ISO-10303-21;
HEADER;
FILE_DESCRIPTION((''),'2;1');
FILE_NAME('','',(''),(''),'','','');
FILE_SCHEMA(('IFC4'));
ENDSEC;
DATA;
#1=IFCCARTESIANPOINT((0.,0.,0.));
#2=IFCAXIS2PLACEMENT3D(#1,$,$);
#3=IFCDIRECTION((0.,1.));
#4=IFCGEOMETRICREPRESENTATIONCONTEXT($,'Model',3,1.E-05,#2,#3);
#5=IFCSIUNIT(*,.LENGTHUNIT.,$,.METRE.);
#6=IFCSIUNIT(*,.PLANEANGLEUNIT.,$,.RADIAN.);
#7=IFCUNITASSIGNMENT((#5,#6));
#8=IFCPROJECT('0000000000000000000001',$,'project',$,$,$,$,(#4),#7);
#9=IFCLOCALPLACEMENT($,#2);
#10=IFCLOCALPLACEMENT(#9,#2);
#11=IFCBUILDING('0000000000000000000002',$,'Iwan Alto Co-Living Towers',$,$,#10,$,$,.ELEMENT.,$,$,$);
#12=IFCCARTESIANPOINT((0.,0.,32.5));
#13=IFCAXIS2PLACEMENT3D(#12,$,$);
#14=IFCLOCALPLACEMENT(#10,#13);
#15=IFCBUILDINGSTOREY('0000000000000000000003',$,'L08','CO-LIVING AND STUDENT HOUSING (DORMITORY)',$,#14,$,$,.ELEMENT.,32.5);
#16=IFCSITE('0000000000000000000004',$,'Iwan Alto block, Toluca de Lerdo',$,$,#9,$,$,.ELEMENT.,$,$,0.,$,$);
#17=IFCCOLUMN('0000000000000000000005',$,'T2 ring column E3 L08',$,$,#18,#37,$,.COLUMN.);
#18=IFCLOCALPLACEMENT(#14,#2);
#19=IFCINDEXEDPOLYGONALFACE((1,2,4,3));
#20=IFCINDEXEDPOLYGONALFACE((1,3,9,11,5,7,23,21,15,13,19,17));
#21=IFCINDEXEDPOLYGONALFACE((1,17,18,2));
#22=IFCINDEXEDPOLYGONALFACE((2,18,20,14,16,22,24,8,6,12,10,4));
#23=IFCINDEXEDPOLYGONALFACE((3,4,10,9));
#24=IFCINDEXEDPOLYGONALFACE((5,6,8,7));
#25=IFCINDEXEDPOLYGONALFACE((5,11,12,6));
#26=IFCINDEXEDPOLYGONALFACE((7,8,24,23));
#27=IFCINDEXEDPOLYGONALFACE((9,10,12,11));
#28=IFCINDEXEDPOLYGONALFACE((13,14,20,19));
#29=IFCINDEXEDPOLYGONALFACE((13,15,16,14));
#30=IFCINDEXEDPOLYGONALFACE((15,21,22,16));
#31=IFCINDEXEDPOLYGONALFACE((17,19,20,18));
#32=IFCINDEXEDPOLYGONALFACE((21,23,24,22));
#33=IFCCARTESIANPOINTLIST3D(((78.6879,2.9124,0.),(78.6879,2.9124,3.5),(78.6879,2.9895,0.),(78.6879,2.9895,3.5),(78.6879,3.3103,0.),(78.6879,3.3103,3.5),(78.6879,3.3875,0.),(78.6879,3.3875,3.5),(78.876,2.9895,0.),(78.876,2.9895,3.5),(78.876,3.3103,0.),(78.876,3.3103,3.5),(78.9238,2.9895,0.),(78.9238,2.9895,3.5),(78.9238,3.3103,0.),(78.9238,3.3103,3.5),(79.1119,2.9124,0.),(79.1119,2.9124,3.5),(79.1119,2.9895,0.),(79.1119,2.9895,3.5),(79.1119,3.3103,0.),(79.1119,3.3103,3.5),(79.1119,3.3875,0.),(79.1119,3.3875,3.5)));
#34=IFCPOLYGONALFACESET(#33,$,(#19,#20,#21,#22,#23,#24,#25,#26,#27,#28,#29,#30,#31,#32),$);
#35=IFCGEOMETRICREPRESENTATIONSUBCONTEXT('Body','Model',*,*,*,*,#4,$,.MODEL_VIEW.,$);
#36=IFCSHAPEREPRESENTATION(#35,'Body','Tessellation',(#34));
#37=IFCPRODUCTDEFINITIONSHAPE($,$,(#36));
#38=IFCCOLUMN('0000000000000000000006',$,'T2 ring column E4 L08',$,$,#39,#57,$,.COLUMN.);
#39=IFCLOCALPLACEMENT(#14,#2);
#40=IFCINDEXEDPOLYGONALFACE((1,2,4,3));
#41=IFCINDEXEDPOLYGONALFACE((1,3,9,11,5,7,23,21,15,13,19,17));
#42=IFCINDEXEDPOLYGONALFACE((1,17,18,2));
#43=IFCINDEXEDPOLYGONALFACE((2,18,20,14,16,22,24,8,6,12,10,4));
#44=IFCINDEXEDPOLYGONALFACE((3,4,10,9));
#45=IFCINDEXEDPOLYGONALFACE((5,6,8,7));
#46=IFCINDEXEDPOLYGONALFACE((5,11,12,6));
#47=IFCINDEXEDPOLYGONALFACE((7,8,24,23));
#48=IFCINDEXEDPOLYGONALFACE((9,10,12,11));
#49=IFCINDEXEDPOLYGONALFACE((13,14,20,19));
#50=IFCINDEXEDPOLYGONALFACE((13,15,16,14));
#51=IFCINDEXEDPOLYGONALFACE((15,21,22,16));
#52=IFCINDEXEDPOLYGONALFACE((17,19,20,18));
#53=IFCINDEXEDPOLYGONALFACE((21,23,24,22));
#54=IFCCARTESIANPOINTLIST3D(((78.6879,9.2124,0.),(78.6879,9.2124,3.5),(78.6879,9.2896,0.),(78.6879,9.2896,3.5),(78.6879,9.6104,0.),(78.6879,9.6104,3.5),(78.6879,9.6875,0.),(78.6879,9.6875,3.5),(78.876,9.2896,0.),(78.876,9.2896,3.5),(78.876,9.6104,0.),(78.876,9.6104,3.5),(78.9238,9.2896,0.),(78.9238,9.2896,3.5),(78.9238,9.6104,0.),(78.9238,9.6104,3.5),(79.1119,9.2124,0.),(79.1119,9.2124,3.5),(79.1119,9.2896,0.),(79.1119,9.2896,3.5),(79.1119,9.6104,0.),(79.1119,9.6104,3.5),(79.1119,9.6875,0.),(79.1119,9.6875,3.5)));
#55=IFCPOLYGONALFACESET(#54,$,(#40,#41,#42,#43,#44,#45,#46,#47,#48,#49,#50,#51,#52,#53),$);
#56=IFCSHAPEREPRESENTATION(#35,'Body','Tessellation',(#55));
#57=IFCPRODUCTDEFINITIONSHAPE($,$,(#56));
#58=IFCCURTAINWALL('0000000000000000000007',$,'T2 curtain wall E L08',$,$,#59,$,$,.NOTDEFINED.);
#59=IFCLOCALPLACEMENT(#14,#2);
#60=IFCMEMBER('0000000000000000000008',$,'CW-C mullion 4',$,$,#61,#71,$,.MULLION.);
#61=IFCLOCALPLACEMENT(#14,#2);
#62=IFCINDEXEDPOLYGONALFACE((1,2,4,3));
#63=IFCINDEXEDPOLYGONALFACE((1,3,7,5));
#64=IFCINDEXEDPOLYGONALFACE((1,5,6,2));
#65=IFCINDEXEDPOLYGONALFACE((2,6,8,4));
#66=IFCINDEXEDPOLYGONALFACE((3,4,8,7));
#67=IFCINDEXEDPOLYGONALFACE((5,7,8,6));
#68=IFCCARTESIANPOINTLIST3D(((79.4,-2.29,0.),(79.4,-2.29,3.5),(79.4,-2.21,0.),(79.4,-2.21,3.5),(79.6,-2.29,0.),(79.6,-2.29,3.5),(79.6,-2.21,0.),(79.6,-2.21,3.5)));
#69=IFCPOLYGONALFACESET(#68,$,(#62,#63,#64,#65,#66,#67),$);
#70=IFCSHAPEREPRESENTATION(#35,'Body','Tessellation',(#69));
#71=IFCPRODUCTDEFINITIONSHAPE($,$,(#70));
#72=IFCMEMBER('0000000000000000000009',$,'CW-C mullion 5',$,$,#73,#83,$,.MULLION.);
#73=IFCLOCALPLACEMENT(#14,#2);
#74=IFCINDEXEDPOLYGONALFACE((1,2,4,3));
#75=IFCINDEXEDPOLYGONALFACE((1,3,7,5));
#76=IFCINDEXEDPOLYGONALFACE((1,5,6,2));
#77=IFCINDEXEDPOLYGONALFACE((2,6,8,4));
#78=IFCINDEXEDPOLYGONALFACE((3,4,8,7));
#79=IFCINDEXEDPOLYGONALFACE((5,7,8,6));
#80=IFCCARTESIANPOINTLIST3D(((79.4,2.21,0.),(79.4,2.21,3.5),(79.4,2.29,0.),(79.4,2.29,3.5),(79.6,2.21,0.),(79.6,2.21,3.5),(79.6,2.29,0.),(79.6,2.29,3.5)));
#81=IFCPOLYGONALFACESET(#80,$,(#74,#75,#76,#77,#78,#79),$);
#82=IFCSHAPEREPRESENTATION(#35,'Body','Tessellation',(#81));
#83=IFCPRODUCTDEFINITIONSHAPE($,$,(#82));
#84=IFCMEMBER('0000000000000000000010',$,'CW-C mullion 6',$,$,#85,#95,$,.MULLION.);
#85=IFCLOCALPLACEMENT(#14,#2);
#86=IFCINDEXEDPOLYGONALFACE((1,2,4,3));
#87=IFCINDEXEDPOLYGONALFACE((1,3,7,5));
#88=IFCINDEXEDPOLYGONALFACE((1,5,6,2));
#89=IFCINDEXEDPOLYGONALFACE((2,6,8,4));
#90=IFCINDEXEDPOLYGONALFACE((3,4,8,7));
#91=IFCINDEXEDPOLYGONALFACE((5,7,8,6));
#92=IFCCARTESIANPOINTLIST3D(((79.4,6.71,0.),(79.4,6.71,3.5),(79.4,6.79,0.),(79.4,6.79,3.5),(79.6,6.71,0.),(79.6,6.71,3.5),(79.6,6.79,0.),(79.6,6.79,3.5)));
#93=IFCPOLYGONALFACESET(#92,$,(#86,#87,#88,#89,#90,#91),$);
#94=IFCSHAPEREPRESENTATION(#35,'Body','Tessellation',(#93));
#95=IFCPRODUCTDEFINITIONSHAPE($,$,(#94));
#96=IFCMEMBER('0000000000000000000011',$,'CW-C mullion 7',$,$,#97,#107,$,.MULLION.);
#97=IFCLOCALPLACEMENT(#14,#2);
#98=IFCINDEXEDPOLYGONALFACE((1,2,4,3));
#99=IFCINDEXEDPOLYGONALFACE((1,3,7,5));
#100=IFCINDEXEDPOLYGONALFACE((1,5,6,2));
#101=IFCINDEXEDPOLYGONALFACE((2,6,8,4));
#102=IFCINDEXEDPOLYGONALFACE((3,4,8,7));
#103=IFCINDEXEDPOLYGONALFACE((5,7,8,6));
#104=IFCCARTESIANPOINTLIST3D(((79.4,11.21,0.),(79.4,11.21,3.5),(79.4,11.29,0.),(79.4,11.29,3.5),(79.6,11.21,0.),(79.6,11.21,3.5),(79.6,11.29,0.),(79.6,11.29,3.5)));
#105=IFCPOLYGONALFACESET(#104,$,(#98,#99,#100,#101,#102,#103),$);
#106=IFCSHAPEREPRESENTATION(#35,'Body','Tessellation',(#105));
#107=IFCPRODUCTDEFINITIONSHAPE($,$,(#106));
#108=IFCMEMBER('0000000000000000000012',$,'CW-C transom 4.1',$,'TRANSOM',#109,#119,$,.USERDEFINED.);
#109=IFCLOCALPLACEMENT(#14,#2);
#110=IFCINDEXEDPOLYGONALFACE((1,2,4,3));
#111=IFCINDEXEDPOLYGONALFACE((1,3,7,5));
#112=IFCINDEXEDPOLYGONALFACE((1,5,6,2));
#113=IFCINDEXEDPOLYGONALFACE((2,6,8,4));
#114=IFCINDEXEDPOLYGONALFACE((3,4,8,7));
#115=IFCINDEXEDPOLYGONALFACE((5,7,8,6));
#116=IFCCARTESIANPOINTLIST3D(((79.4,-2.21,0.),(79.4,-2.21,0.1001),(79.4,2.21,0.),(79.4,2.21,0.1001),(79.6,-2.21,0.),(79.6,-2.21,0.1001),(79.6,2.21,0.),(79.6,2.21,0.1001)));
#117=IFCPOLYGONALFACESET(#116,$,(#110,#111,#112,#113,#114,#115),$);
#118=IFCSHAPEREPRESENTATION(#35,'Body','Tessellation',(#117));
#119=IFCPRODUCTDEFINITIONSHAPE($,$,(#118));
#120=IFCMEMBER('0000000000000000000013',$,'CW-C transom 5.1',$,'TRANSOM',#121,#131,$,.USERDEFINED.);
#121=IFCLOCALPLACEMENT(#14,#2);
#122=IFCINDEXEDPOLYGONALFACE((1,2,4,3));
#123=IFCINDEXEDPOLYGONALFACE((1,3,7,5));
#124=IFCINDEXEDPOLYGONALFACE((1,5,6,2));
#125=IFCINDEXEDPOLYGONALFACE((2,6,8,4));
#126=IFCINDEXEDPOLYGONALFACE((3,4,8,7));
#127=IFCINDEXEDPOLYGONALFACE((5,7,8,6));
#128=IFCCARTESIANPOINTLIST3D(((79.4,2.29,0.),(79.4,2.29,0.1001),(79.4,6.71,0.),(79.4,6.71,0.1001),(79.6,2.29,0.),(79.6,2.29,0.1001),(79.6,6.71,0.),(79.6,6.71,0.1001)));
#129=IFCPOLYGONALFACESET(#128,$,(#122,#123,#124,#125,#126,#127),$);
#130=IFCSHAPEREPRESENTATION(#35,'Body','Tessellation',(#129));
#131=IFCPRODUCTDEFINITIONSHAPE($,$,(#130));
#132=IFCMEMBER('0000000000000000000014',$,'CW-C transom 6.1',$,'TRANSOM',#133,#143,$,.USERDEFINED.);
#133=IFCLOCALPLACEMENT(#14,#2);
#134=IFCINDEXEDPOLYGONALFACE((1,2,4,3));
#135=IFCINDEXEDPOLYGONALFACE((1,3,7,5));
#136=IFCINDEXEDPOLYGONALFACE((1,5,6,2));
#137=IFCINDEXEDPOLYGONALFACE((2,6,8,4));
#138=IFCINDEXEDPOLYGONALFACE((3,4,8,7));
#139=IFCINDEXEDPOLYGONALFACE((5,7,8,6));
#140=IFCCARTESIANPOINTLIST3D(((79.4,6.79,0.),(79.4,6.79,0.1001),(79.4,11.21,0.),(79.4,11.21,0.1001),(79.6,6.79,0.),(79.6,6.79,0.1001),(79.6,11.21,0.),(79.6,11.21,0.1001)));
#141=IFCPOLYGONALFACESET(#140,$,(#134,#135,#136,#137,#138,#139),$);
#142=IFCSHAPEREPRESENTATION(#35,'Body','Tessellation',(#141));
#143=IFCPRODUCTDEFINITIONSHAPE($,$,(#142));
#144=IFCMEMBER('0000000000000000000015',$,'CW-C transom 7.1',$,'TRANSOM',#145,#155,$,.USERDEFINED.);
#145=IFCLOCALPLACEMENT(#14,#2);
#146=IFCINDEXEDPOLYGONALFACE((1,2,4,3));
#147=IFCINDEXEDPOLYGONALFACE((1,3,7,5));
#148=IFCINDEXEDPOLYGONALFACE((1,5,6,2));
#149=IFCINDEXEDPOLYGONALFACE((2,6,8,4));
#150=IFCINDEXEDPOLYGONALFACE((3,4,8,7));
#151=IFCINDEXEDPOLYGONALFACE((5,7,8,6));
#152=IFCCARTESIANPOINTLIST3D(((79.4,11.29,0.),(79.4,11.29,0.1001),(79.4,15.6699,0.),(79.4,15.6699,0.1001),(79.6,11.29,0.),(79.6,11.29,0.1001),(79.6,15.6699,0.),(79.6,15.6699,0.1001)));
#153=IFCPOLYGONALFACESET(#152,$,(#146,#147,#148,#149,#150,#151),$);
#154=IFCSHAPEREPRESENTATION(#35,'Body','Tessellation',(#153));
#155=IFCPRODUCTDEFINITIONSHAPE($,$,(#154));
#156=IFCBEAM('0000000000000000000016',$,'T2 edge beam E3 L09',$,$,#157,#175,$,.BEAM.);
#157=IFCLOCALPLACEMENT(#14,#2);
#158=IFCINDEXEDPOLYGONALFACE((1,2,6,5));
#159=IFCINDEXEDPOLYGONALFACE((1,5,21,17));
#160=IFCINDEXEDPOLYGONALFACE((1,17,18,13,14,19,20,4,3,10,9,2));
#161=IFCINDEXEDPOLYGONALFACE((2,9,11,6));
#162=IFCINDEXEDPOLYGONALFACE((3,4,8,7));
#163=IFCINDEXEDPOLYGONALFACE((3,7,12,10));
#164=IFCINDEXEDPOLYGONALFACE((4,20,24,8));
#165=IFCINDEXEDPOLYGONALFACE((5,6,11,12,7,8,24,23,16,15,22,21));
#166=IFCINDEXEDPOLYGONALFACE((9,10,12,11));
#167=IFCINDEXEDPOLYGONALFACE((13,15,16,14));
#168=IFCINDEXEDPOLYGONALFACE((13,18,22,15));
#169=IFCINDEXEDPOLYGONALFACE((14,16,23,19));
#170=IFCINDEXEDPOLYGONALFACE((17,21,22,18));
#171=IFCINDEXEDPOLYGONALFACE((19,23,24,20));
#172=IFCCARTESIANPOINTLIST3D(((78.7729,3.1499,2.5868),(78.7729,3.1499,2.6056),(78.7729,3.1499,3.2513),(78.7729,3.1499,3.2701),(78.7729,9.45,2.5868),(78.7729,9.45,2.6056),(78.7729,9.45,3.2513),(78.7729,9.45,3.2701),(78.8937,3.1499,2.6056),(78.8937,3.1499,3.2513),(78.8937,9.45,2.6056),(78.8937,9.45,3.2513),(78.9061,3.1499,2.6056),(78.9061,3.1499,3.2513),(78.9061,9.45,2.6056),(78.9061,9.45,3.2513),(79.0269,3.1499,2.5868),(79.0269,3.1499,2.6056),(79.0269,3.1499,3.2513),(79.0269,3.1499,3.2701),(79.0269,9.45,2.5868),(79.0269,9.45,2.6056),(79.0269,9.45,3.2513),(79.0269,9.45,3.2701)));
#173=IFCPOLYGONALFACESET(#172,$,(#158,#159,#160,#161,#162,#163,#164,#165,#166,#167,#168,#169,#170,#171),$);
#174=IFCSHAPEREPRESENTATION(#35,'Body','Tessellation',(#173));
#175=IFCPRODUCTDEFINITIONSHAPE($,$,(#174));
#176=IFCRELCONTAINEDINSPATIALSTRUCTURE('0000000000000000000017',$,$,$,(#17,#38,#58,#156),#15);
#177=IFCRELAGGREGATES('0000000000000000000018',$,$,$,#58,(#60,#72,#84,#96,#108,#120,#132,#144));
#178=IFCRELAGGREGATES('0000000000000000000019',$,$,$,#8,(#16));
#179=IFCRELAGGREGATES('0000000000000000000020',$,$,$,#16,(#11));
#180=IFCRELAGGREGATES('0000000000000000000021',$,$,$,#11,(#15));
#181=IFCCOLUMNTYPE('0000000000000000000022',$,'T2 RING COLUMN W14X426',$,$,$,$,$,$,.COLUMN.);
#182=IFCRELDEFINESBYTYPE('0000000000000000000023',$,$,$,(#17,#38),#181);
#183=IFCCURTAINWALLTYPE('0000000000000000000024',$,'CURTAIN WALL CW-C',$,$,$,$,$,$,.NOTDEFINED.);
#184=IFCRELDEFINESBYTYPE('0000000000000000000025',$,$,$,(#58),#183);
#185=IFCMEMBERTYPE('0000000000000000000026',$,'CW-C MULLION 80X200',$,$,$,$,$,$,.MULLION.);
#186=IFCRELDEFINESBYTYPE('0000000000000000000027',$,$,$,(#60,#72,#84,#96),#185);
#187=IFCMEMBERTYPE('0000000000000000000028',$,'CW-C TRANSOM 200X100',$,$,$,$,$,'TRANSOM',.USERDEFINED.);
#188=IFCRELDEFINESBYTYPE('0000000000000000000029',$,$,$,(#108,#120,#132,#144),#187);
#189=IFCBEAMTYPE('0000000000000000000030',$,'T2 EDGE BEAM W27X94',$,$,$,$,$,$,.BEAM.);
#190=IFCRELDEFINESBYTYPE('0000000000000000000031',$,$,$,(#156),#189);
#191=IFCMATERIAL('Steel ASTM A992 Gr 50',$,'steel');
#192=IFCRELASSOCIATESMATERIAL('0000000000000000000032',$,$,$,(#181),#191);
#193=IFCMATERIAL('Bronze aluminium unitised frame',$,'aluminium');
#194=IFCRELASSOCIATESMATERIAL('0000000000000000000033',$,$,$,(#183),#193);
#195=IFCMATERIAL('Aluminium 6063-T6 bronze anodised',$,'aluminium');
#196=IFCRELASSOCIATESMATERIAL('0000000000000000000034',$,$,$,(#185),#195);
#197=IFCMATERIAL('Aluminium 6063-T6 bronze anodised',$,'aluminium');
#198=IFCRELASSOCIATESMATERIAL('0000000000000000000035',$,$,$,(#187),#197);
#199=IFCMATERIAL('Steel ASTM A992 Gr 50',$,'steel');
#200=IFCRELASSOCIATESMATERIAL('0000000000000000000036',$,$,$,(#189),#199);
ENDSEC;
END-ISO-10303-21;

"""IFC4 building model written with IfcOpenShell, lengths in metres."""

from ifc_helpers import new_model, si_unit, direction, frame, origin, origin_2d, place, context, subcontext, project, spatial, rectangle, i_section, extrude, material, material_profile, profile_set, type_object, element, aggregate, save


model = new_model("IFC4")

# Units and contexts
model_context = context("Model", 3, precision=1e-05, world=origin(), true_north=direction((0.0, 1.0)))
body_context = subcontext(model_context, "Body", "Model", "MODEL_VIEW")
ifc_project = project(units=[si_unit("LENGTHUNIT", "METRE"), si_unit("PLANEANGLEUNIT", "RADIAN")], contexts=[model_context])

# Site, building, storey
site_placement = place(None, origin())
site = spatial("IfcSite", under=ifc_project, at=site_placement, Name="Iwan Alto block, Toluca de Lerdo", CompositionType="ELEMENT", RefElevation=0.0)
building_placement = place(site_placement, origin())
building = spatial("IfcBuilding", under=site, at=building_placement, Name="Iwan Alto Co-Living Towers", CompositionType="ELEMENT")
storey_placement = place(building_placement, frame((0.0, 0.0, 32.5)))
storey = spatial("IfcBuildingStorey", under=building, at=storey_placement, Name="L08", Description="CO-LIVING AND STUDENT HOUSING (DORMITORY)", CompositionType="ELEMENT", Elevation=32.5)

# Columns
ifc_material_1 = material(Name="Steel ASTM A992 Gr 50", Category="steel")
ifc_material_profile_1 = material_profile(ifc_material_1, i_section(OverallWidth=0.4241, OverallDepth=0.4751, WebThickness=0.0479, FlangeThickness=0.0771, at=origin_2d()), Name="W14X426")
ifc_profile_set_1 = profile_set([ifc_material_profile_1], Name="Steel ASTM A992 Gr 50")
column_type = type_object("IfcColumnType", Name="T2 RING COLUMN W14X426", PredefinedType="COLUMN", material=ifc_profile_set_1)
for number, where, z_axis, x_axis, name in (
    (1, (78.8999, 3.1499, 0.0), (0.0, 0.0, 1.0), (1.0, 0.0, 0.0), "T2 ring column E3 L08"),
    (2, (78.8999, 9.45, 0.0), (0.0, 0.0, 1.0), (1.0, 0.0, 0.0), "T2 ring column E4 L08"),
):
    element("IfcColumn", number, at=place(storey_placement, frame(where, z_axis=z_axis, x_axis=x_axis)), inside=storey, type_object=column_type, Name=name, PredefinedType="COLUMN", context=body_context, shape_type="SweptSolid", body=[
        extrude(i_section(OverallWidth=0.4241, OverallDepth=0.4751, WebThickness=0.0479, FlangeThickness=0.0771, at=origin_2d()), origin(), (0.0, 0.0, 1.0), 3.5),
    ])

# Curtain wall, members
ifc_material_2 = material(Name="Bronze aluminium unitised frame", Category="aluminium")
curtain_wall_type = type_object("IfcCurtainWallType", Name="CURTAIN WALL CW-C", PredefinedType="NOTDEFINED", material=ifc_material_2)
curtain_wall_placement = place(storey_placement, origin())
curtain_wall = element("IfcCurtainWall", 3, at=curtain_wall_placement, inside=storey, type_object=curtain_wall_type, Name="T2 curtain wall E L08", PredefinedType="NOTDEFINED")
ifc_material_3 = material(Name="Aluminium 6063-T6 bronze anodised", Category="aluminium")
ifc_material_profile_2 = material_profile(ifc_material_3, rectangle(XDim=0.2, YDim=0.0801, at=origin_2d()), Name="AL 80X200")
ifc_profile_set_2 = profile_set([ifc_material_profile_2], Name="Aluminium 6063-T6 bronze anodised")
member_type_1 = type_object("IfcMemberType", Name="CW-C MULLION 80X200", PredefinedType="MULLION", material=ifc_profile_set_2)
member_1_placement = place(storey_placement, frame((79.5, -2.25, 0.0), z_axis=(0.0, 0.0, 1.0), x_axis=(-1.0, 0.0, 0.0)))
member_1 = element("IfcMember", 4, at=member_1_placement, type_object=member_type_1, Name="CW-C mullion 4", PredefinedType="MULLION", context=body_context, shape_type="SweptSolid", body=[
    extrude(rectangle(XDim=0.2, YDim=0.0801, at=origin_2d()), origin(), (0.0, 0.0, 1.0), 3.5),
])
member_2_placement = place(storey_placement, frame((79.5, 2.25, 0.0), z_axis=(0.0, 0.0, 1.0), x_axis=(-1.0, 0.0, 0.0)))
member_2 = element("IfcMember", 5, at=member_2_placement, type_object=member_type_1, Name="CW-C mullion 5", PredefinedType="MULLION", context=body_context, shape_type="SweptSolid", body=[
    extrude(rectangle(XDim=0.2, YDim=0.0801, at=origin_2d()), origin(), (0.0, 0.0, 1.0), 3.5),
])
member_3_placement = place(storey_placement, frame((79.5, 6.75, 0.0), z_axis=(0.0, 0.0, 1.0), x_axis=(-1.0, 0.0, 0.0)))
member_3 = element("IfcMember", 6, at=member_3_placement, type_object=member_type_1, Name="CW-C mullion 6", PredefinedType="MULLION", context=body_context, shape_type="SweptSolid", body=[
    extrude(rectangle(XDim=0.2, YDim=0.0801, at=origin_2d()), origin(), (0.0, 0.0, 1.0), 3.5),
])
member_4_placement = place(storey_placement, frame((79.5, 11.25, 0.0), z_axis=(0.0, 0.0, 1.0), x_axis=(-1.0, 0.0, 0.0)))
member_4 = element("IfcMember", 7, at=member_4_placement, type_object=member_type_1, Name="CW-C mullion 7", PredefinedType="MULLION", context=body_context, shape_type="SweptSolid", body=[
    extrude(rectangle(XDim=0.2, YDim=0.0801, at=origin_2d()), origin(), (0.0, 0.0, 1.0), 3.5),
])
ifc_material_4 = material(Name="Aluminium 6063-T6 bronze anodised", Category="aluminium")
ifc_material_profile_3 = material_profile(ifc_material_4, rectangle(XDim=0.2, YDim=0.1001, at=origin_2d()), Name="AL 200X100")
ifc_profile_set_3 = profile_set([ifc_material_profile_3], Name="Aluminium 6063-T6 bronze anodised")
member_type_2 = type_object("IfcMemberType", Name="CW-C TRANSOM 200X100", ElementType="TRANSOM", PredefinedType="USERDEFINED", material=ifc_profile_set_3)
member_5_placement = place(storey_placement, frame((79.5, -2.21, 0.05), z_axis=(0.0, 1.0, 0.0), x_axis=(-1.0, 0.0, 0.0)))
member_5 = element("IfcMember", 8, at=member_5_placement, type_object=member_type_2, Name="CW-C transom 4.1", ObjectType="TRANSOM", PredefinedType="USERDEFINED", context=body_context, shape_type="SweptSolid", body=[
    extrude(rectangle(XDim=0.2, YDim=0.1001, at=origin_2d()), origin(), (0.0, 0.0, 1.0), 4.4199),
])
member_6_placement = place(storey_placement, frame((79.5, 2.29, 0.05), z_axis=(0.0, 1.0, 0.0), x_axis=(-1.0, 0.0, 0.0)))
member_6 = element("IfcMember", 9, at=member_6_placement, type_object=member_type_2, Name="CW-C transom 5.1", ObjectType="TRANSOM", PredefinedType="USERDEFINED", context=body_context, shape_type="SweptSolid", body=[
    extrude(rectangle(XDim=0.2, YDim=0.1001, at=origin_2d()), origin(), (0.0, 0.0, 1.0), 4.4199),
])
member_7_placement = place(storey_placement, frame((79.5, 6.79, 0.05), z_axis=(0.0, 1.0, 0.0), x_axis=(-1.0, 0.0, 0.0)))
member_7 = element("IfcMember", 10, at=member_7_placement, type_object=member_type_2, Name="CW-C transom 6.1", ObjectType="TRANSOM", PredefinedType="USERDEFINED", context=body_context, shape_type="SweptSolid", body=[
    extrude(rectangle(XDim=0.2, YDim=0.1001, at=origin_2d()), origin(), (0.0, 0.0, 1.0), 4.4199),
])
member_8_placement = place(storey_placement, frame((79.5, 11.29, 0.05), z_axis=(0.0, 1.0, 0.0), x_axis=(-1.0, 0.0, 0.0)))
member_8 = element("IfcMember", 11, at=member_8_placement, type_object=member_type_2, Name="CW-C transom 7.1", ObjectType="TRANSOM", PredefinedType="USERDEFINED", context=body_context, shape_type="SweptSolid", body=[
    extrude(rectangle(XDim=0.2, YDim=0.1001, at=origin_2d()), origin(), (0.0, 0.0, 1.0), 4.3799),
])

# Beam
ifc_material_5 = material(Name="Steel ASTM A992 Gr 50", Category="steel")
ifc_material_profile_4 = material_profile(ifc_material_5, i_section(OverallWidth=0.2539, OverallDepth=0.6833, WebThickness=0.0125, FlangeThickness=0.0188, at=origin_2d()), Name="W27X94")
ifc_profile_set_4 = profile_set([ifc_material_profile_4], Name="Steel ASTM A992 Gr 50")
beam_type_1 = type_object("IfcBeamType", Name="T2 EDGE BEAM W27X94", PredefinedType="BEAM", material=ifc_profile_set_4)
beam_1_placement = place(storey_placement, frame((78.8999, 3.1499, 2.9285), z_axis=(0.0, 1.0, 0.0), x_axis=(-1.0, 0.0, 0.0)))
element("IfcBeam", 12, at=beam_1_placement, inside=storey, type_object=beam_type_1, Name="T2 edge beam E3 L09", PredefinedType="BEAM", context=body_context, shape_type="SweptSolid", body=[
    extrude(i_section(OverallWidth=0.2539, OverallDepth=0.6833, WebThickness=0.0125, FlangeThickness=0.0188, at=origin_2d()), origin(), (0.0, 0.0, 1.0), 6.3),
])

aggregate(curtain_wall, [member_1, member_2, member_3, member_4, member_5, member_6, member_7, member_8])

save(model, "model.ifc")
